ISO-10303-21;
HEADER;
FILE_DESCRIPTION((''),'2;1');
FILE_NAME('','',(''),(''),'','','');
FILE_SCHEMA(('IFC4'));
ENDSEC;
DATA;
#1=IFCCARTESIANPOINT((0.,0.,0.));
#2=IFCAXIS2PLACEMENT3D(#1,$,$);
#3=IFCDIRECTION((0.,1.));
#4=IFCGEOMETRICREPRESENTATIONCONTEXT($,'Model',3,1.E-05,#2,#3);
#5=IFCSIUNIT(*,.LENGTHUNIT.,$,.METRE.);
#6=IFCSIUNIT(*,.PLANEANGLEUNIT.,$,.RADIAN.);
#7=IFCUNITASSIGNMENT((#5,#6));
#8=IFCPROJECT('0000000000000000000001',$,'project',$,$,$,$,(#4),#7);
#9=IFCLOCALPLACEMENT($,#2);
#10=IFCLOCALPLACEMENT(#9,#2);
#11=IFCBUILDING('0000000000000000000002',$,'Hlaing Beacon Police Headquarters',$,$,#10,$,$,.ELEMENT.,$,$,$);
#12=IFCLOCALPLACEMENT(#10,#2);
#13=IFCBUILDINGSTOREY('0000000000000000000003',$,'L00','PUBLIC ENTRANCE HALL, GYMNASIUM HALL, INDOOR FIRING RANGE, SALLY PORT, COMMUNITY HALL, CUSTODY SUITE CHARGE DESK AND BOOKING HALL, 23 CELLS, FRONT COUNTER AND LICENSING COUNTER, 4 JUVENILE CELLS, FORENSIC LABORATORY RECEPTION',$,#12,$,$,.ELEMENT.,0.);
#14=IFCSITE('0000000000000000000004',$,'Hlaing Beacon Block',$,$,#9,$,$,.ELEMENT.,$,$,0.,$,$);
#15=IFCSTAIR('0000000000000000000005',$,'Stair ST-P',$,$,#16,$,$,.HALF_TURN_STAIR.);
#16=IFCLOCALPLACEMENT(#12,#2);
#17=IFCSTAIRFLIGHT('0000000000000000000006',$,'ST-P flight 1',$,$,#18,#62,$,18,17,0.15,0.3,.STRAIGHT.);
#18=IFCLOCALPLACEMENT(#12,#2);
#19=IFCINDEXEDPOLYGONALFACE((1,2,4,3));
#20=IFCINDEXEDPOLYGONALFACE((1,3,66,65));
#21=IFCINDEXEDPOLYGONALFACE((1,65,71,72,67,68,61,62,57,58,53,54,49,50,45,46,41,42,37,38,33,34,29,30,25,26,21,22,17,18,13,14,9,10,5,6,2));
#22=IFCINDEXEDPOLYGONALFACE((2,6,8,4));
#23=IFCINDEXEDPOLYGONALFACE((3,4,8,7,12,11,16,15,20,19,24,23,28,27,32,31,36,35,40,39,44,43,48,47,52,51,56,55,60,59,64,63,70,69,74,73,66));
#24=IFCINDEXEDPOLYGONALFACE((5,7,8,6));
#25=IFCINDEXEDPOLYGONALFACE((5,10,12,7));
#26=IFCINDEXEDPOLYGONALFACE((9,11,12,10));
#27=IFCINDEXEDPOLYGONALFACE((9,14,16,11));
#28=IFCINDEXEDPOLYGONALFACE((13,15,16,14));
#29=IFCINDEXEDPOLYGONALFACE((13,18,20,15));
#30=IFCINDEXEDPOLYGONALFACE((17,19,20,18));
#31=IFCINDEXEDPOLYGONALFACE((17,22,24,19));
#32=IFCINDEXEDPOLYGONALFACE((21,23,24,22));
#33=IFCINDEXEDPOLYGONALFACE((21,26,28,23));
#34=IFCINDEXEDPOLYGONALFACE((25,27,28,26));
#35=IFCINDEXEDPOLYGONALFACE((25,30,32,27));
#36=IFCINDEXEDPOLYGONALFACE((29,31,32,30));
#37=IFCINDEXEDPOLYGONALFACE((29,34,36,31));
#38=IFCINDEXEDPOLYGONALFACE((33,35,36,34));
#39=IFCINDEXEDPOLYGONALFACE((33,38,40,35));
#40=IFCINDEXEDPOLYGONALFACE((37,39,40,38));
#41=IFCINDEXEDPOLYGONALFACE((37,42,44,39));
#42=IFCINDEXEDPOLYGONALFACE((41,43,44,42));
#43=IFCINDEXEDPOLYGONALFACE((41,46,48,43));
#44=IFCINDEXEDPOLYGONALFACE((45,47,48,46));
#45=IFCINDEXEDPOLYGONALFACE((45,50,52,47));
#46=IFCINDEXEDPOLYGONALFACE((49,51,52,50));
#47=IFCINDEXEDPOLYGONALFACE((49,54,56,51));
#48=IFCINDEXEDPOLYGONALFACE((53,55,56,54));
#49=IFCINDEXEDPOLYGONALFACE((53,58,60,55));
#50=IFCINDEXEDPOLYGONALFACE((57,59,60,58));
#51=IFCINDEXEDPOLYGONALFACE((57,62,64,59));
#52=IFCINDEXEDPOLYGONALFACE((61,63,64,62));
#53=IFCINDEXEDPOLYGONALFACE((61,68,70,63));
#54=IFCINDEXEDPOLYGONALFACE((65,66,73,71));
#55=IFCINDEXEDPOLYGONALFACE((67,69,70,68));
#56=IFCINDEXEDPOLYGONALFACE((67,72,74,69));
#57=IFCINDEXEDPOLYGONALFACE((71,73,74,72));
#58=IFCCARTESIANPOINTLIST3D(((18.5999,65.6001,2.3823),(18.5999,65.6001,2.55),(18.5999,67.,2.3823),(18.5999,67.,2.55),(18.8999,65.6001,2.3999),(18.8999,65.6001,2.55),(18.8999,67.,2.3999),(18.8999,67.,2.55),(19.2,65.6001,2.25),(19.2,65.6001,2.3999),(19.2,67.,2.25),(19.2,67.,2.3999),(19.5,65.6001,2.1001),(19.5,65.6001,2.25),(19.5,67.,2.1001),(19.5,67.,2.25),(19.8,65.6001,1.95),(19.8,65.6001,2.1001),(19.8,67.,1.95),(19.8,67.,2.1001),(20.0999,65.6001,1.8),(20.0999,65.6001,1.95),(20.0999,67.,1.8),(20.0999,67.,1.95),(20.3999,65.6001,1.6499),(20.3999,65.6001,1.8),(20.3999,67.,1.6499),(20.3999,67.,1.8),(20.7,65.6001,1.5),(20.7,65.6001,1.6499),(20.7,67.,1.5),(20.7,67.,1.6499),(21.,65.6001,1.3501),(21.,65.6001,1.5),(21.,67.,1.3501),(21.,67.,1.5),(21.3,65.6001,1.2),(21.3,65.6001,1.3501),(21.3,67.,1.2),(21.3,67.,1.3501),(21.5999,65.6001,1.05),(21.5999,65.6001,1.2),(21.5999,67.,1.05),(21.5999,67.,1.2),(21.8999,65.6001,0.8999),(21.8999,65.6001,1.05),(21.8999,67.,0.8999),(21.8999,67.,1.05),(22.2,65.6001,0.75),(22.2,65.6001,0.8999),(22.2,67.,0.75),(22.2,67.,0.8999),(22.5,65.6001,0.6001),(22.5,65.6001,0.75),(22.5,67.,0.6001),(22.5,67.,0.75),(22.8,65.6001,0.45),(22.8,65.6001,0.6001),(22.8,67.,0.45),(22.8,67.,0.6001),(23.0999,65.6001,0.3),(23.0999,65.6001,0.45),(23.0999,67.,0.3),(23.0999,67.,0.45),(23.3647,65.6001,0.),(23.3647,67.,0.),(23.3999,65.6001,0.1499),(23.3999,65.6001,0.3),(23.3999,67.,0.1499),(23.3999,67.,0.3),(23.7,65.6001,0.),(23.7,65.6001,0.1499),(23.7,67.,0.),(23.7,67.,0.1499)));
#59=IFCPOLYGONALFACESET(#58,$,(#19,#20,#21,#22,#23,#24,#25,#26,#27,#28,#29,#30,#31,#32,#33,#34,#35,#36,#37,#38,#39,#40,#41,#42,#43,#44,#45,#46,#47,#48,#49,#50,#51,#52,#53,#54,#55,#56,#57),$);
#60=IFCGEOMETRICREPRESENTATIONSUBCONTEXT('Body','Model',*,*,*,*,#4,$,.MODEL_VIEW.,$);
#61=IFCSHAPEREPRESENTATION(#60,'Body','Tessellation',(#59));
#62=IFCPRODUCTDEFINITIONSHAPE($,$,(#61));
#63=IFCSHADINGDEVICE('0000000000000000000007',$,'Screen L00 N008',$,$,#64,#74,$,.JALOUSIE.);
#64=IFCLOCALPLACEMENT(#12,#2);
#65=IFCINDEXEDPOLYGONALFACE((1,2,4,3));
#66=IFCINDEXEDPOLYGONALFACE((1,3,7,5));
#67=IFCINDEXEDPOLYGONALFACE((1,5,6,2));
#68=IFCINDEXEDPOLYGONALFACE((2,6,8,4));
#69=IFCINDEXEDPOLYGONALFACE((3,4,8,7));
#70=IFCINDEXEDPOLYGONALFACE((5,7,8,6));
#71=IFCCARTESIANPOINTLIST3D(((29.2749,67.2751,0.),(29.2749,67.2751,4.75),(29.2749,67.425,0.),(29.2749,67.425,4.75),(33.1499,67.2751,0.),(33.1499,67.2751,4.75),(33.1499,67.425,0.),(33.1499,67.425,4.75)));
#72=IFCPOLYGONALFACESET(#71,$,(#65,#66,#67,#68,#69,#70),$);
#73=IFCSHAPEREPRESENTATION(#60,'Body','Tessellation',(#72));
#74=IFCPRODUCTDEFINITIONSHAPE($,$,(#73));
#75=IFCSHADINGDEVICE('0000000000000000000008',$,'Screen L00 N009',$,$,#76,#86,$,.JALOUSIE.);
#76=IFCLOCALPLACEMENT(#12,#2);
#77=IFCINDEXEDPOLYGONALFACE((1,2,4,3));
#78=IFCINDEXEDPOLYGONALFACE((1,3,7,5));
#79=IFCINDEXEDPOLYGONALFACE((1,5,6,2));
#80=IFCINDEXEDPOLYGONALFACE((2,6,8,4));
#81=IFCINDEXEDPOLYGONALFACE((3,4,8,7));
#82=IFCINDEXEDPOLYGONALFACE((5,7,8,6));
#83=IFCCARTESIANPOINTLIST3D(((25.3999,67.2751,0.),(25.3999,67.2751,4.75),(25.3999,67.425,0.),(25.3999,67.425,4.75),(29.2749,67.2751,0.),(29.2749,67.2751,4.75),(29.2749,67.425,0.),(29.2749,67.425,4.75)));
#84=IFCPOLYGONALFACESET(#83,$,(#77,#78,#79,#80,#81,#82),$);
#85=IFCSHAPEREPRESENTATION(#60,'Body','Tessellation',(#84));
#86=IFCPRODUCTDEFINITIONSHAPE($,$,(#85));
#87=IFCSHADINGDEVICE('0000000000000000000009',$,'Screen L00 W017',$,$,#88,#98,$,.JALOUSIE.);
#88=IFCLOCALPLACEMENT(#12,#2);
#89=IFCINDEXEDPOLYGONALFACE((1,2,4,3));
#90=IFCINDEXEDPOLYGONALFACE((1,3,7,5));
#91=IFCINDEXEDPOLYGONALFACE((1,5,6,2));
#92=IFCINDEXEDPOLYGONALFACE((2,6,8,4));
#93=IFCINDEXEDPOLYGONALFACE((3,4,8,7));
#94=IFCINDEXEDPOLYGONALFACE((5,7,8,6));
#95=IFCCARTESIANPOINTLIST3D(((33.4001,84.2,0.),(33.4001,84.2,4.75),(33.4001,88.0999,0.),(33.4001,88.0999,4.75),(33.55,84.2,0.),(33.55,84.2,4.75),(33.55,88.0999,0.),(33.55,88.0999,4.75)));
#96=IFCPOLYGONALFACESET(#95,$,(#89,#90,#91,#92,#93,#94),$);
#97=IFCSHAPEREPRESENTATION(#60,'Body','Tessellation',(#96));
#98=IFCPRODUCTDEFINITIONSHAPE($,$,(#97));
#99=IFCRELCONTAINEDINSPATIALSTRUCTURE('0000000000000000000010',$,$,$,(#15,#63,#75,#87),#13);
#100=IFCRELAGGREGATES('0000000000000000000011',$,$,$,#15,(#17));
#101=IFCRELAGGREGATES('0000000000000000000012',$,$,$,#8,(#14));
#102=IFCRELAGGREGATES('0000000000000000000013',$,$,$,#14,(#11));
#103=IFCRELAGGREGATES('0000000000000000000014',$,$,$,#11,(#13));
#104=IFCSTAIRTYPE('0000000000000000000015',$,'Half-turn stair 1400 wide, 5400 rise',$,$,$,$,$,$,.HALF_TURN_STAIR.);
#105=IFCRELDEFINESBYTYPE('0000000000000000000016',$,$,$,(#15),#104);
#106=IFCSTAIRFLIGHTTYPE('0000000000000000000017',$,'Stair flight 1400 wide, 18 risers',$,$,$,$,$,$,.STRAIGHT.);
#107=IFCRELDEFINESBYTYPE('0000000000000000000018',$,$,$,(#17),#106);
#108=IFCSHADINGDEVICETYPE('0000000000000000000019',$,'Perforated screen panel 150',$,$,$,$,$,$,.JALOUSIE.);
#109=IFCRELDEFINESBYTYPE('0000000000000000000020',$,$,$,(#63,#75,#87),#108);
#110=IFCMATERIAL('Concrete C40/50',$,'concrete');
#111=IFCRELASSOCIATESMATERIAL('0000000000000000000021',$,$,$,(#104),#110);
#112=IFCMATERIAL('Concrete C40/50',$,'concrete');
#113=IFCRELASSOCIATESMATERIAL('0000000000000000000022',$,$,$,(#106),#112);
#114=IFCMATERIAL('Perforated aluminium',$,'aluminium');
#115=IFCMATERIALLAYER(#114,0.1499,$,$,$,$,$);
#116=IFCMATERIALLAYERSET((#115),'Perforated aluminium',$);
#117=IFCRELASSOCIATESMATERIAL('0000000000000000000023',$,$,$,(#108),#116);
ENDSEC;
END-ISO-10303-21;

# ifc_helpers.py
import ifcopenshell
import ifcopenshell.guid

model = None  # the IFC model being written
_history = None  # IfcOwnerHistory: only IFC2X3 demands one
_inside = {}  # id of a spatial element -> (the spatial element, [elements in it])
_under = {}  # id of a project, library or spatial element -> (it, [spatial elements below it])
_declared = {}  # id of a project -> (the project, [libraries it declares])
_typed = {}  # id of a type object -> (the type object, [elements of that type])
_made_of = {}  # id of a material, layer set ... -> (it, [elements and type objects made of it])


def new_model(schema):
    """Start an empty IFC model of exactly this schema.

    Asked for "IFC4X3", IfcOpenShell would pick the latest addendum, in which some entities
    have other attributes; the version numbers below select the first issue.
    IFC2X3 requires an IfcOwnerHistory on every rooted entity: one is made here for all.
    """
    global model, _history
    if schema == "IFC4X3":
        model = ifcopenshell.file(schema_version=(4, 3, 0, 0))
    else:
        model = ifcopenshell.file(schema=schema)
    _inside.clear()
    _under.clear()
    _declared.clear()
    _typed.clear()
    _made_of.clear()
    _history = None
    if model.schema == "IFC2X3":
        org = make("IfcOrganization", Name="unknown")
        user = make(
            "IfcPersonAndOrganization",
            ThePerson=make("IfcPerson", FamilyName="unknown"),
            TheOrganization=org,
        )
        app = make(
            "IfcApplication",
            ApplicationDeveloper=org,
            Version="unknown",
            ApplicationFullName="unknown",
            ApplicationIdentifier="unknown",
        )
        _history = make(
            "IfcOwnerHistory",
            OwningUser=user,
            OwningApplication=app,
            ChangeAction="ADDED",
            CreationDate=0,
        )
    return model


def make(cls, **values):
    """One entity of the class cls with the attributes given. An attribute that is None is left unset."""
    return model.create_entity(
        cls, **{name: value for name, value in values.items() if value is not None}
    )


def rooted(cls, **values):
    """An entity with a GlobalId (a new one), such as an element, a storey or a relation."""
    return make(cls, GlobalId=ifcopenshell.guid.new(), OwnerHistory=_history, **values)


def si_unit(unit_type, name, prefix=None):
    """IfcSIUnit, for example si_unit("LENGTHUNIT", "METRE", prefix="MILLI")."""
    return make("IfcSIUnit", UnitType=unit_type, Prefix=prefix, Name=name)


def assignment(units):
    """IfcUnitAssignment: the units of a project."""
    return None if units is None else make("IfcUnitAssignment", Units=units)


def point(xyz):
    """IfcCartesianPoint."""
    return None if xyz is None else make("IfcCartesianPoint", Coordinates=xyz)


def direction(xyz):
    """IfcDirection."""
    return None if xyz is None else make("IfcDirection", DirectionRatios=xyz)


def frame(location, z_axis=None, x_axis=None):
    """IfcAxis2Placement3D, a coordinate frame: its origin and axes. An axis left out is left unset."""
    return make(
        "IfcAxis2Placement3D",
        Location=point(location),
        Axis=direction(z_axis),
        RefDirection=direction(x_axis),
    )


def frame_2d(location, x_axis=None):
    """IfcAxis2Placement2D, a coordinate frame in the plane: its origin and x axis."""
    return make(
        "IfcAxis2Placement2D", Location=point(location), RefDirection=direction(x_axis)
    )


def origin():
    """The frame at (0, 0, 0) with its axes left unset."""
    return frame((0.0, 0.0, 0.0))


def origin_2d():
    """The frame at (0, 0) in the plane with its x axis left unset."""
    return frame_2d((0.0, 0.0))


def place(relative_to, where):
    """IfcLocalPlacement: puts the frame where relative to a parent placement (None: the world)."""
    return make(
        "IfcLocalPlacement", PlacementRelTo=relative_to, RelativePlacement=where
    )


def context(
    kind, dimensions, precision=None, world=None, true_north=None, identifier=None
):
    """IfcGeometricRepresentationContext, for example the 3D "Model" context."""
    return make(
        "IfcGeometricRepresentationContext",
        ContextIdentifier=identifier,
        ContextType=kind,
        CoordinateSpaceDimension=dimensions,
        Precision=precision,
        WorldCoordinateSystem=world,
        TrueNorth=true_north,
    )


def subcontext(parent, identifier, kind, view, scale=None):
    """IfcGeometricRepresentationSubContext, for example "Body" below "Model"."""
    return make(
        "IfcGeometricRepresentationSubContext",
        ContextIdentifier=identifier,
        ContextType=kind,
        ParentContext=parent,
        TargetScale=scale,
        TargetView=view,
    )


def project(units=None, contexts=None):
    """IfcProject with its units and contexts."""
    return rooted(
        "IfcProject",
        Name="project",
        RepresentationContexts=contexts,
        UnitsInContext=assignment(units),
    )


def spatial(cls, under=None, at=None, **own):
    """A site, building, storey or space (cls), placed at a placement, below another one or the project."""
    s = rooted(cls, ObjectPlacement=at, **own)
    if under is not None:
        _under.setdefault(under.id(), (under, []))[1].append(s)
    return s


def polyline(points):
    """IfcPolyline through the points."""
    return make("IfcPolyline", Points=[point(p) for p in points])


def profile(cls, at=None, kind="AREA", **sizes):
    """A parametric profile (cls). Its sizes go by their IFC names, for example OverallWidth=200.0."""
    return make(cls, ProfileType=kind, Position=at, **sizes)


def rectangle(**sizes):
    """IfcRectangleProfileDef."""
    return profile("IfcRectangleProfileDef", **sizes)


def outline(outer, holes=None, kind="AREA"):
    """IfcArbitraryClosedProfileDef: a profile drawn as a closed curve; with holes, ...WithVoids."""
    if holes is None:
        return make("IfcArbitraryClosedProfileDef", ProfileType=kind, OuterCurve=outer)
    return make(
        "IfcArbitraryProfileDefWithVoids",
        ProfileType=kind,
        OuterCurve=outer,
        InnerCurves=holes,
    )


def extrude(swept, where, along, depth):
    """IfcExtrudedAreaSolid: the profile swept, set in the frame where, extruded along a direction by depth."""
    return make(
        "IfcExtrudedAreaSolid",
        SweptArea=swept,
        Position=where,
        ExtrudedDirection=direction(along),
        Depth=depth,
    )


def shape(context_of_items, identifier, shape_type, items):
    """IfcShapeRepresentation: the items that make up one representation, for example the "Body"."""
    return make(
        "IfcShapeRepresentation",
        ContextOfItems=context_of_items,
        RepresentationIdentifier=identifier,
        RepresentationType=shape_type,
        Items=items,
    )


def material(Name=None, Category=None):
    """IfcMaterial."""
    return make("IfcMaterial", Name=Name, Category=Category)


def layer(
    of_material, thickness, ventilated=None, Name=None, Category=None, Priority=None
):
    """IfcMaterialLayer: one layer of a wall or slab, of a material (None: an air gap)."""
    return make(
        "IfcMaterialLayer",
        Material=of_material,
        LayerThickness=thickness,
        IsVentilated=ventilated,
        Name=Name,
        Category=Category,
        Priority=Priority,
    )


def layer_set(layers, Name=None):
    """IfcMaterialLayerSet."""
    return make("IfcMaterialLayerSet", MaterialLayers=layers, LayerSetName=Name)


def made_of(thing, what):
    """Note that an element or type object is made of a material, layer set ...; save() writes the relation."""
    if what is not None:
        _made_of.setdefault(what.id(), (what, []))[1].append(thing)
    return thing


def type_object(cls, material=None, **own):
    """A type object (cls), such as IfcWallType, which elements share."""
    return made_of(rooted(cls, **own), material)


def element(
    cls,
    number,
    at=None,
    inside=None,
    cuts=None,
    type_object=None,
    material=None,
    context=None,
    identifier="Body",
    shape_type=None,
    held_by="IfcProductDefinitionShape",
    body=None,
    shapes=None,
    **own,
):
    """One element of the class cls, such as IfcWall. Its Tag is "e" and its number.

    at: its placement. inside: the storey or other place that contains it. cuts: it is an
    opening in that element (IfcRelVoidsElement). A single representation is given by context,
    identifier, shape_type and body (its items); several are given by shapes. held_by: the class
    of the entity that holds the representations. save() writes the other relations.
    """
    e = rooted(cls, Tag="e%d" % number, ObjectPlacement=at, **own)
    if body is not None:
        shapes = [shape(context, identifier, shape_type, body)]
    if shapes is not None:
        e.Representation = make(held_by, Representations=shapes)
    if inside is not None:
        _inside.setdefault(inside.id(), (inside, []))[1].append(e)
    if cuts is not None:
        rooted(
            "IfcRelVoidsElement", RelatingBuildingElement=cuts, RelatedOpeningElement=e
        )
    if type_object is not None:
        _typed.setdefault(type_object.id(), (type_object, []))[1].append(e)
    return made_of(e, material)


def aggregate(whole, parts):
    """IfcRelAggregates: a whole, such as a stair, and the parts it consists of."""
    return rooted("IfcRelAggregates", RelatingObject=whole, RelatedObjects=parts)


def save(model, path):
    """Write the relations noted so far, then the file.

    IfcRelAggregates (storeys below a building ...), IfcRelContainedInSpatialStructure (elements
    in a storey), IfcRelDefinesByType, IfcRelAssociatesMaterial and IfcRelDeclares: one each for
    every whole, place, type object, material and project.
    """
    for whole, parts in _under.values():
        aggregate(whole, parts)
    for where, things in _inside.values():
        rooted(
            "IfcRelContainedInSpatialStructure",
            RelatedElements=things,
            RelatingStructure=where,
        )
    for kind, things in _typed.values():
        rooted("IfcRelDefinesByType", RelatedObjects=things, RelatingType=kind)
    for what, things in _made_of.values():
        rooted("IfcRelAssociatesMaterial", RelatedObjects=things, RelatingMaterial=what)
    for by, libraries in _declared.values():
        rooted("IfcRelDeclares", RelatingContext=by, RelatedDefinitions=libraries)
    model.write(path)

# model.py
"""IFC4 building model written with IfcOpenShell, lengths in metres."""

from ifc_helpers import new_model, si_unit, direction, frame, origin, origin_2d, place, context, subcontext, project, spatial, polyline, rectangle, outline, extrude, material, layer, layer_set, type_object, element, aggregate, save


model = new_model("IFC4")

# Units and contexts
model_context = context("Model", 3, precision=1e-05, world=origin(), true_north=direction((0.0, 1.0)))
body_context = subcontext(model_context, "Body", "Model", "MODEL_VIEW")
ifc_project = project(units=[si_unit("LENGTHUNIT", "METRE"), si_unit("PLANEANGLEUNIT", "RADIAN")], contexts=[model_context])

# Site, building, storey
site_placement = place(None, origin())
site = spatial("IfcSite", under=ifc_project, at=site_placement, Name="Hlaing Beacon Block", CompositionType="ELEMENT", RefElevation=0.0)
building_placement = place(site_placement, origin())
building = spatial("IfcBuilding", under=site, at=building_placement, Name="Hlaing Beacon Police Headquarters", CompositionType="ELEMENT")
storey_placement = place(building_placement, origin())
storey = spatial("IfcBuildingStorey", under=building, at=storey_placement, Name="L00", Description="PUBLIC ENTRANCE HALL, GYMNASIUM HALL, INDOOR FIRING RANGE, SALLY PORT, COMMUNITY HALL, CUSTODY SUITE CHARGE DESK AND BOOKING HALL, 23 CELLS, FRONT COUNTER AND LICENSING COUNTER, 4 JUVENILE CELLS, FORENSIC LABORATORY RECEPTION", CompositionType="ELEMENT", Elevation=0.0)

# Stair, stair flight
ifc_material_1 = material(Name="Concrete C40/50", Category="concrete")
stair_type = type_object("IfcStairType", Name="Half-turn stair 1400 wide, 5400 rise", PredefinedType="HALF_TURN_STAIR", material=ifc_material_1)
stair_placement = place(storey_placement, origin())
stair = element("IfcStair", 1, at=stair_placement, inside=storey, type_object=stair_type, Name="Stair ST-P", PredefinedType="HALF_TURN_STAIR")
ifc_material_2 = material(Name="Concrete C40/50", Category="concrete")
stair_flight_type = type_object("IfcStairFlightType", Name="Stair flight 1400 wide, 18 risers", PredefinedType="STRAIGHT", material=ifc_material_2)
stair_flight_placement = place(storey_placement, frame((23.7, 66.3, 0.0), z_axis=(0.0, 0.0, 1.0), x_axis=(-1.0, 0.0, 0.0)))
stair_flight = element("IfcStairFlight", 2, at=stair_flight_placement, type_object=stair_flight_type, Name="ST-P flight 1", NumberOfRisers=18, NumberOfTreads=17, PredefinedType="STRAIGHT", RiserHeight=0.15, TreadLength=0.3, context=body_context, shape_type="SweptSolid", body=[
    extrude(outline(polyline([(0.0, 0.0), (0.0, 0.1499), (0.3, 0.1499), (0.3, 0.3), (0.6001, 0.3), (0.6001, 0.45), (0.8999, 0.45), (0.8999, 0.6001), (1.2, 0.6001), (1.2, 0.75), (1.5, 0.75), (1.5, 0.8999), (1.8, 0.8999), (1.8, 1.05), (2.1001, 1.05), (2.1001, 1.2), (2.3999, 1.2), (2.3999, 1.3501), (2.7, 1.3501), (2.7, 1.5), (3.0, 1.5), (3.0, 1.6499), (3.3, 1.6499), (3.3, 1.8), (3.6001, 1.8), (3.6001, 1.95), (3.8999, 1.95), (3.8999, 2.1001), (4.2, 2.1001), (4.2, 2.25), (4.5, 2.25), (4.5, 2.3999), (4.8, 2.3999), (4.8, 2.55), (5.1001, 2.55), (5.1001, 2.7), (5.1001, 2.3823), (0.3352, 0.0), (0.0, 0.0)])), frame((0.0, 0.7, 0.0), z_axis=(0.0, -1.0, 0.0), x_axis=(1.0, 0.0, 0.0)), (0.0, 0.0, 1.0), 1.3999),
])
aggregate(stair, [stair_flight])

# Shading devices
ifc_material_3 = material(Name="Perforated aluminium", Category="aluminium")
ifc_layer_1 = layer(ifc_material_3, 0.1499)
ifc_layer_set_1 = layer_set([ifc_layer_1], Name="Perforated aluminium")
shading_device_type = type_object("IfcShadingDeviceType", Name="Perforated screen panel 150", PredefinedType="JALOUSIE", material=ifc_layer_set_1)
for number, where, z_axis, x_axis, name in (
    (3, (31.2124, 67.3501, 0.0), (0.0, 0.0, 1.0), (-1.0, 0.0, 0.0), "Screen L00 N008"),
    (4, (27.3374, 67.3501, 0.0), (0.0, 0.0, 1.0), (-1.0, 0.0, 0.0), "Screen L00 N009"),
):
    element("IfcShadingDevice", number, at=place(storey_placement, frame(where, z_axis=z_axis, x_axis=x_axis)), inside=storey, type_object=shading_device_type, Name=name, PredefinedType="JALOUSIE", context=body_context, shape_type="SweptSolid", body=[
        extrude(rectangle(XDim=3.875, YDim=0.1499, at=origin_2d()), origin(), (0.0, 0.0, 1.0), 4.75),
    ])
shading_device_placement = place(storey_placement, frame((33.4751, 86.1499, 0.0), z_axis=(0.0, 0.0, 1.0), x_axis=(0.0, -1.0, 0.0)))
element("IfcShadingDevice", 5, at=shading_device_placement, inside=storey, type_object=shading_device_type, Name="Screen L00 W017", PredefinedType="JALOUSIE", context=body_context, shape_type="SweptSolid", body=[
    extrude(rectangle(XDim=3.8999, YDim=0.1499, at=origin_2d()), origin(), (0.0, 0.0, 1.0), 4.75),
])

save(model, "model.ifc")
